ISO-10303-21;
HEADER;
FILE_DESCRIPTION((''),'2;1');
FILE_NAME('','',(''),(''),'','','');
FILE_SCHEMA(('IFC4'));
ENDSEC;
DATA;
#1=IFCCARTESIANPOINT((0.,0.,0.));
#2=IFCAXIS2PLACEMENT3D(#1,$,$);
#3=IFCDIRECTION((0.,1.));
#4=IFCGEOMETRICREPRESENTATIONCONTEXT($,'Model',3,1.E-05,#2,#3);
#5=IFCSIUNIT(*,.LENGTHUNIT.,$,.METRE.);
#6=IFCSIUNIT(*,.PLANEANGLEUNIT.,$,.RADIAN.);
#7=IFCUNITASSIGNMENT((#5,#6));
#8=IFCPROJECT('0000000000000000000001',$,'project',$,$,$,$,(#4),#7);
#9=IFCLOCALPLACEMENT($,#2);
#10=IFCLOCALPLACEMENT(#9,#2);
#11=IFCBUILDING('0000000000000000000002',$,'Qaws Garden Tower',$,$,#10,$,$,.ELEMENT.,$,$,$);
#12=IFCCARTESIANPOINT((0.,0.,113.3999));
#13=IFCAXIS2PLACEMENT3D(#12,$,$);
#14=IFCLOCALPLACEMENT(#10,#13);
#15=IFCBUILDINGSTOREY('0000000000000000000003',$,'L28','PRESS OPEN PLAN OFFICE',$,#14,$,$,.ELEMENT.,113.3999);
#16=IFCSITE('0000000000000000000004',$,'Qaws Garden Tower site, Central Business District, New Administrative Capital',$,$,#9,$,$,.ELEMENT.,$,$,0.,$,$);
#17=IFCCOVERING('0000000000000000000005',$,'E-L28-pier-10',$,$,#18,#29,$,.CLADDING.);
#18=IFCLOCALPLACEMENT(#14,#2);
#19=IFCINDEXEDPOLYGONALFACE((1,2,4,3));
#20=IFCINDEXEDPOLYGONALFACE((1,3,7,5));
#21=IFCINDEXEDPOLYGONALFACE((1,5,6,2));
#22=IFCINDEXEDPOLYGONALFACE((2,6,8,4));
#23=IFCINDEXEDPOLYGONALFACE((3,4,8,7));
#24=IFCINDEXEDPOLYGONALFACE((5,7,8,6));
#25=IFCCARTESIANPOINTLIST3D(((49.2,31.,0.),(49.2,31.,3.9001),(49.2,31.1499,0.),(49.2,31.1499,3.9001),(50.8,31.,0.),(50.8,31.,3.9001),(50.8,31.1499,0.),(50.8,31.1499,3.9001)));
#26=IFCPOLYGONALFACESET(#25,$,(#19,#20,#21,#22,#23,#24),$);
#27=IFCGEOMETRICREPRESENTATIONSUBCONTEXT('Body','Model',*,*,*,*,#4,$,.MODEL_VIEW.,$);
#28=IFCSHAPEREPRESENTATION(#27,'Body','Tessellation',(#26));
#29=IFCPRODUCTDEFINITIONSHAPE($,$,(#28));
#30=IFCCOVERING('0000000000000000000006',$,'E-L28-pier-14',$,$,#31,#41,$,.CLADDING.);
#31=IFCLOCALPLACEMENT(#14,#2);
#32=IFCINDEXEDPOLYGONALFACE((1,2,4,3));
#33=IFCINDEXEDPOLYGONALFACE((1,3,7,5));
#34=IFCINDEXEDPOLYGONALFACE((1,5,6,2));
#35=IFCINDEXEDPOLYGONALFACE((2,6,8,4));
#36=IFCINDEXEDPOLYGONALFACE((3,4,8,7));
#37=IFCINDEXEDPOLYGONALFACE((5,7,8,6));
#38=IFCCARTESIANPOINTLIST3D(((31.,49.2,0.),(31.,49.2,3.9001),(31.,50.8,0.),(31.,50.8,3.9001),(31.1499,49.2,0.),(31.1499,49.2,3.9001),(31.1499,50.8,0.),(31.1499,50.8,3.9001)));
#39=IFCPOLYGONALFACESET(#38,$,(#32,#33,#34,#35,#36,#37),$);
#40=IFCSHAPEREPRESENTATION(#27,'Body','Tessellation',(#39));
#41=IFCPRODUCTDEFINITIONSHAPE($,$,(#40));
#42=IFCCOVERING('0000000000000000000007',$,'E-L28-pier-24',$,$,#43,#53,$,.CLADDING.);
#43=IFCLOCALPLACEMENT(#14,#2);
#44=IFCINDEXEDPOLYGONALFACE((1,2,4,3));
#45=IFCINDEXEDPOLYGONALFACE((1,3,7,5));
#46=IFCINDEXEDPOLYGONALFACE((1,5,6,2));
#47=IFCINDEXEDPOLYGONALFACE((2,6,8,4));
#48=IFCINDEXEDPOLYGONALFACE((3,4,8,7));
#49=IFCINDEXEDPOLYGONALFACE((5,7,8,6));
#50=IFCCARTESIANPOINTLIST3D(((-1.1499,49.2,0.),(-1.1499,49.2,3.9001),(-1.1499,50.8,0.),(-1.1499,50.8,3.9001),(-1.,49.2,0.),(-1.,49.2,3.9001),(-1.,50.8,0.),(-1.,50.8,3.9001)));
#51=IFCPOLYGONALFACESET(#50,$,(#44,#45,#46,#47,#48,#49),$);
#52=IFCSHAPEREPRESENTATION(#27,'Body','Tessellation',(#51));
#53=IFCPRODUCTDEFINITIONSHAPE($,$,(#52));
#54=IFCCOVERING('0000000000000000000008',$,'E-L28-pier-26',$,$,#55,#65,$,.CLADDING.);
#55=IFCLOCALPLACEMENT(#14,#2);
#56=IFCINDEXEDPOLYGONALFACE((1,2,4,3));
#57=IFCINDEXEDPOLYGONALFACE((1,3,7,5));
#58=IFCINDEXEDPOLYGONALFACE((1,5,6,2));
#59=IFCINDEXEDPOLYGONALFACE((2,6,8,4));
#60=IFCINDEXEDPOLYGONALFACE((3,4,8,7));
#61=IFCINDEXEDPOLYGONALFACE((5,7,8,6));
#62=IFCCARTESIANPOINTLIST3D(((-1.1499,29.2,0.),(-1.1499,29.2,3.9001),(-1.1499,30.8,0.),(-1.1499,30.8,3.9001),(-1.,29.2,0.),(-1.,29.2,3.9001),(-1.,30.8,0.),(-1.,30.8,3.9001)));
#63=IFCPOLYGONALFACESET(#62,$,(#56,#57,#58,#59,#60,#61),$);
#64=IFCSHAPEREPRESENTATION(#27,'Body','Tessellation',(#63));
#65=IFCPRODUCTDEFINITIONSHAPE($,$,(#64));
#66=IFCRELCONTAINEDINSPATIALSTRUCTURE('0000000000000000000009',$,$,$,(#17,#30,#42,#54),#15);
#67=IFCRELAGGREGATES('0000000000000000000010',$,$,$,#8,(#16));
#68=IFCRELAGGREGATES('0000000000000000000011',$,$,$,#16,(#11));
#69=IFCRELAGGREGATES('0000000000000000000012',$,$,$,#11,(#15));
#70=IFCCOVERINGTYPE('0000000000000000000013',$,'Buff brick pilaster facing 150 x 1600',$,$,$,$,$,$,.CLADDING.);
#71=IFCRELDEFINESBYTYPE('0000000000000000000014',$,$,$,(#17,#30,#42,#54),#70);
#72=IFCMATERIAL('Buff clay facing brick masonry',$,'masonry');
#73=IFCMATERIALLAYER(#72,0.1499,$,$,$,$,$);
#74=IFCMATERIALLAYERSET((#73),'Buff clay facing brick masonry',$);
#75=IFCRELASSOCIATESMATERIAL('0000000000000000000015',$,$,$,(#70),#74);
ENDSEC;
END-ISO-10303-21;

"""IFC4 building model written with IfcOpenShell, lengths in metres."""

from ifc_helpers import new_model, si_unit, direction, frame, origin, place, context, subcontext, project, spatial, polyline, outline, extrude, material, layer, layer_set, type_object, element, save


model = new_model("IFC4")

# Units and contexts
model_context = context("Model", 3, precision=1e-05, world=origin(), true_north=direction((0.0, 1.0)))
body_context = subcontext(model_context, "Body", "Model", "MODEL_VIEW")
ifc_project = project(units=[si_unit("LENGTHUNIT", "METRE"), si_unit("PLANEANGLEUNIT", "RADIAN")], contexts=[model_context])

# Site, building, storey
site_placement = place(None, origin())
site = spatial("IfcSite", under=ifc_project, at=site_placement, Name="Qaws Garden Tower site, Central Business District, New Administrative Capital", CompositionType="ELEMENT", RefElevation=0.0)
building_placement = place(site_placement, origin())
building = spatial("IfcBuilding", under=site, at=building_placement, Name="Qaws Garden Tower", CompositionType="ELEMENT")
storey_placement = place(building_placement, frame((0.0, 0.0, 113.3999)))
storey = spatial("IfcBuildingStorey", under=building, at=storey_placement, Name="L28", Description="PRESS OPEN PLAN OFFICE", CompositionType="ELEMENT", Elevation=113.3999)

# Shared definitions
placement = place(storey_placement, origin())

# Coverings
ifc_material_1 = material(Name="Buff clay facing brick masonry", Category="masonry")
ifc_layer_1 = layer(ifc_material_1, 0.1499)
ifc_layer_set_1 = layer_set([ifc_layer_1], Name="Buff clay facing brick masonry")
covering_type = type_object("IfcCoveringType", Name="Buff brick pilaster facing 150 x 1600", PredefinedType="CLADDING", material=ifc_layer_set_1)
element("IfcCovering", 1, at=placement, inside=storey, type_object=covering_type, Name="E-L28-pier-10", PredefinedType="CLADDING", context=body_context, shape_type="SweptSolid", body=[
    extrude(outline(polyline([(50.8, 31.0), (49.2, 31.0), (49.2, 31.1499), (50.8, 31.1499), (50.8, 31.0)])), origin(), (0.0, 0.0, 1.0), 3.9001),
])
element("IfcCovering", 2, at=placement, inside=storey, type_object=covering_type, Name="E-L28-pier-14", PredefinedType="CLADDING", context=body_context, shape_type="SweptSolid", body=[
    extrude(outline(polyline([(31.0, 49.2), (31.0, 50.8), (31.1499, 50.8), (31.1499, 49.2), (31.0, 49.2)])), origin(), (0.0, 0.0, 1.0), 3.9001),
])
element("IfcCovering", 3, at=placement, inside=storey, type_object=covering_type, Name="E-L28-pier-24", PredefinedType="CLADDING", context=body_context, shape_type="SweptSolid", body=[
    extrude(outline(polyline([(-1.0, 50.8), (-1.0, 49.2), (-1.1499, 49.2), (-1.1499, 50.8), (-1.0, 50.8)])), origin(), (0.0, 0.0, 1.0), 3.9001),
])
element("IfcCovering", 4, at=placement, inside=storey, type_object=covering_type, Name="E-L28-pier-26", PredefinedType="CLADDING", context=body_context, shape_type="SweptSolid", body=[
    extrude(outline(polyline([(-1.0, 30.8), (-1.0, 29.2), (-1.1499, 29.2), (-1.1499, 30.8), (-1.0, 30.8)])), origin(), (0.0, 0.0, 1.0), 3.9001),
])

save(model, "model.ifc")
